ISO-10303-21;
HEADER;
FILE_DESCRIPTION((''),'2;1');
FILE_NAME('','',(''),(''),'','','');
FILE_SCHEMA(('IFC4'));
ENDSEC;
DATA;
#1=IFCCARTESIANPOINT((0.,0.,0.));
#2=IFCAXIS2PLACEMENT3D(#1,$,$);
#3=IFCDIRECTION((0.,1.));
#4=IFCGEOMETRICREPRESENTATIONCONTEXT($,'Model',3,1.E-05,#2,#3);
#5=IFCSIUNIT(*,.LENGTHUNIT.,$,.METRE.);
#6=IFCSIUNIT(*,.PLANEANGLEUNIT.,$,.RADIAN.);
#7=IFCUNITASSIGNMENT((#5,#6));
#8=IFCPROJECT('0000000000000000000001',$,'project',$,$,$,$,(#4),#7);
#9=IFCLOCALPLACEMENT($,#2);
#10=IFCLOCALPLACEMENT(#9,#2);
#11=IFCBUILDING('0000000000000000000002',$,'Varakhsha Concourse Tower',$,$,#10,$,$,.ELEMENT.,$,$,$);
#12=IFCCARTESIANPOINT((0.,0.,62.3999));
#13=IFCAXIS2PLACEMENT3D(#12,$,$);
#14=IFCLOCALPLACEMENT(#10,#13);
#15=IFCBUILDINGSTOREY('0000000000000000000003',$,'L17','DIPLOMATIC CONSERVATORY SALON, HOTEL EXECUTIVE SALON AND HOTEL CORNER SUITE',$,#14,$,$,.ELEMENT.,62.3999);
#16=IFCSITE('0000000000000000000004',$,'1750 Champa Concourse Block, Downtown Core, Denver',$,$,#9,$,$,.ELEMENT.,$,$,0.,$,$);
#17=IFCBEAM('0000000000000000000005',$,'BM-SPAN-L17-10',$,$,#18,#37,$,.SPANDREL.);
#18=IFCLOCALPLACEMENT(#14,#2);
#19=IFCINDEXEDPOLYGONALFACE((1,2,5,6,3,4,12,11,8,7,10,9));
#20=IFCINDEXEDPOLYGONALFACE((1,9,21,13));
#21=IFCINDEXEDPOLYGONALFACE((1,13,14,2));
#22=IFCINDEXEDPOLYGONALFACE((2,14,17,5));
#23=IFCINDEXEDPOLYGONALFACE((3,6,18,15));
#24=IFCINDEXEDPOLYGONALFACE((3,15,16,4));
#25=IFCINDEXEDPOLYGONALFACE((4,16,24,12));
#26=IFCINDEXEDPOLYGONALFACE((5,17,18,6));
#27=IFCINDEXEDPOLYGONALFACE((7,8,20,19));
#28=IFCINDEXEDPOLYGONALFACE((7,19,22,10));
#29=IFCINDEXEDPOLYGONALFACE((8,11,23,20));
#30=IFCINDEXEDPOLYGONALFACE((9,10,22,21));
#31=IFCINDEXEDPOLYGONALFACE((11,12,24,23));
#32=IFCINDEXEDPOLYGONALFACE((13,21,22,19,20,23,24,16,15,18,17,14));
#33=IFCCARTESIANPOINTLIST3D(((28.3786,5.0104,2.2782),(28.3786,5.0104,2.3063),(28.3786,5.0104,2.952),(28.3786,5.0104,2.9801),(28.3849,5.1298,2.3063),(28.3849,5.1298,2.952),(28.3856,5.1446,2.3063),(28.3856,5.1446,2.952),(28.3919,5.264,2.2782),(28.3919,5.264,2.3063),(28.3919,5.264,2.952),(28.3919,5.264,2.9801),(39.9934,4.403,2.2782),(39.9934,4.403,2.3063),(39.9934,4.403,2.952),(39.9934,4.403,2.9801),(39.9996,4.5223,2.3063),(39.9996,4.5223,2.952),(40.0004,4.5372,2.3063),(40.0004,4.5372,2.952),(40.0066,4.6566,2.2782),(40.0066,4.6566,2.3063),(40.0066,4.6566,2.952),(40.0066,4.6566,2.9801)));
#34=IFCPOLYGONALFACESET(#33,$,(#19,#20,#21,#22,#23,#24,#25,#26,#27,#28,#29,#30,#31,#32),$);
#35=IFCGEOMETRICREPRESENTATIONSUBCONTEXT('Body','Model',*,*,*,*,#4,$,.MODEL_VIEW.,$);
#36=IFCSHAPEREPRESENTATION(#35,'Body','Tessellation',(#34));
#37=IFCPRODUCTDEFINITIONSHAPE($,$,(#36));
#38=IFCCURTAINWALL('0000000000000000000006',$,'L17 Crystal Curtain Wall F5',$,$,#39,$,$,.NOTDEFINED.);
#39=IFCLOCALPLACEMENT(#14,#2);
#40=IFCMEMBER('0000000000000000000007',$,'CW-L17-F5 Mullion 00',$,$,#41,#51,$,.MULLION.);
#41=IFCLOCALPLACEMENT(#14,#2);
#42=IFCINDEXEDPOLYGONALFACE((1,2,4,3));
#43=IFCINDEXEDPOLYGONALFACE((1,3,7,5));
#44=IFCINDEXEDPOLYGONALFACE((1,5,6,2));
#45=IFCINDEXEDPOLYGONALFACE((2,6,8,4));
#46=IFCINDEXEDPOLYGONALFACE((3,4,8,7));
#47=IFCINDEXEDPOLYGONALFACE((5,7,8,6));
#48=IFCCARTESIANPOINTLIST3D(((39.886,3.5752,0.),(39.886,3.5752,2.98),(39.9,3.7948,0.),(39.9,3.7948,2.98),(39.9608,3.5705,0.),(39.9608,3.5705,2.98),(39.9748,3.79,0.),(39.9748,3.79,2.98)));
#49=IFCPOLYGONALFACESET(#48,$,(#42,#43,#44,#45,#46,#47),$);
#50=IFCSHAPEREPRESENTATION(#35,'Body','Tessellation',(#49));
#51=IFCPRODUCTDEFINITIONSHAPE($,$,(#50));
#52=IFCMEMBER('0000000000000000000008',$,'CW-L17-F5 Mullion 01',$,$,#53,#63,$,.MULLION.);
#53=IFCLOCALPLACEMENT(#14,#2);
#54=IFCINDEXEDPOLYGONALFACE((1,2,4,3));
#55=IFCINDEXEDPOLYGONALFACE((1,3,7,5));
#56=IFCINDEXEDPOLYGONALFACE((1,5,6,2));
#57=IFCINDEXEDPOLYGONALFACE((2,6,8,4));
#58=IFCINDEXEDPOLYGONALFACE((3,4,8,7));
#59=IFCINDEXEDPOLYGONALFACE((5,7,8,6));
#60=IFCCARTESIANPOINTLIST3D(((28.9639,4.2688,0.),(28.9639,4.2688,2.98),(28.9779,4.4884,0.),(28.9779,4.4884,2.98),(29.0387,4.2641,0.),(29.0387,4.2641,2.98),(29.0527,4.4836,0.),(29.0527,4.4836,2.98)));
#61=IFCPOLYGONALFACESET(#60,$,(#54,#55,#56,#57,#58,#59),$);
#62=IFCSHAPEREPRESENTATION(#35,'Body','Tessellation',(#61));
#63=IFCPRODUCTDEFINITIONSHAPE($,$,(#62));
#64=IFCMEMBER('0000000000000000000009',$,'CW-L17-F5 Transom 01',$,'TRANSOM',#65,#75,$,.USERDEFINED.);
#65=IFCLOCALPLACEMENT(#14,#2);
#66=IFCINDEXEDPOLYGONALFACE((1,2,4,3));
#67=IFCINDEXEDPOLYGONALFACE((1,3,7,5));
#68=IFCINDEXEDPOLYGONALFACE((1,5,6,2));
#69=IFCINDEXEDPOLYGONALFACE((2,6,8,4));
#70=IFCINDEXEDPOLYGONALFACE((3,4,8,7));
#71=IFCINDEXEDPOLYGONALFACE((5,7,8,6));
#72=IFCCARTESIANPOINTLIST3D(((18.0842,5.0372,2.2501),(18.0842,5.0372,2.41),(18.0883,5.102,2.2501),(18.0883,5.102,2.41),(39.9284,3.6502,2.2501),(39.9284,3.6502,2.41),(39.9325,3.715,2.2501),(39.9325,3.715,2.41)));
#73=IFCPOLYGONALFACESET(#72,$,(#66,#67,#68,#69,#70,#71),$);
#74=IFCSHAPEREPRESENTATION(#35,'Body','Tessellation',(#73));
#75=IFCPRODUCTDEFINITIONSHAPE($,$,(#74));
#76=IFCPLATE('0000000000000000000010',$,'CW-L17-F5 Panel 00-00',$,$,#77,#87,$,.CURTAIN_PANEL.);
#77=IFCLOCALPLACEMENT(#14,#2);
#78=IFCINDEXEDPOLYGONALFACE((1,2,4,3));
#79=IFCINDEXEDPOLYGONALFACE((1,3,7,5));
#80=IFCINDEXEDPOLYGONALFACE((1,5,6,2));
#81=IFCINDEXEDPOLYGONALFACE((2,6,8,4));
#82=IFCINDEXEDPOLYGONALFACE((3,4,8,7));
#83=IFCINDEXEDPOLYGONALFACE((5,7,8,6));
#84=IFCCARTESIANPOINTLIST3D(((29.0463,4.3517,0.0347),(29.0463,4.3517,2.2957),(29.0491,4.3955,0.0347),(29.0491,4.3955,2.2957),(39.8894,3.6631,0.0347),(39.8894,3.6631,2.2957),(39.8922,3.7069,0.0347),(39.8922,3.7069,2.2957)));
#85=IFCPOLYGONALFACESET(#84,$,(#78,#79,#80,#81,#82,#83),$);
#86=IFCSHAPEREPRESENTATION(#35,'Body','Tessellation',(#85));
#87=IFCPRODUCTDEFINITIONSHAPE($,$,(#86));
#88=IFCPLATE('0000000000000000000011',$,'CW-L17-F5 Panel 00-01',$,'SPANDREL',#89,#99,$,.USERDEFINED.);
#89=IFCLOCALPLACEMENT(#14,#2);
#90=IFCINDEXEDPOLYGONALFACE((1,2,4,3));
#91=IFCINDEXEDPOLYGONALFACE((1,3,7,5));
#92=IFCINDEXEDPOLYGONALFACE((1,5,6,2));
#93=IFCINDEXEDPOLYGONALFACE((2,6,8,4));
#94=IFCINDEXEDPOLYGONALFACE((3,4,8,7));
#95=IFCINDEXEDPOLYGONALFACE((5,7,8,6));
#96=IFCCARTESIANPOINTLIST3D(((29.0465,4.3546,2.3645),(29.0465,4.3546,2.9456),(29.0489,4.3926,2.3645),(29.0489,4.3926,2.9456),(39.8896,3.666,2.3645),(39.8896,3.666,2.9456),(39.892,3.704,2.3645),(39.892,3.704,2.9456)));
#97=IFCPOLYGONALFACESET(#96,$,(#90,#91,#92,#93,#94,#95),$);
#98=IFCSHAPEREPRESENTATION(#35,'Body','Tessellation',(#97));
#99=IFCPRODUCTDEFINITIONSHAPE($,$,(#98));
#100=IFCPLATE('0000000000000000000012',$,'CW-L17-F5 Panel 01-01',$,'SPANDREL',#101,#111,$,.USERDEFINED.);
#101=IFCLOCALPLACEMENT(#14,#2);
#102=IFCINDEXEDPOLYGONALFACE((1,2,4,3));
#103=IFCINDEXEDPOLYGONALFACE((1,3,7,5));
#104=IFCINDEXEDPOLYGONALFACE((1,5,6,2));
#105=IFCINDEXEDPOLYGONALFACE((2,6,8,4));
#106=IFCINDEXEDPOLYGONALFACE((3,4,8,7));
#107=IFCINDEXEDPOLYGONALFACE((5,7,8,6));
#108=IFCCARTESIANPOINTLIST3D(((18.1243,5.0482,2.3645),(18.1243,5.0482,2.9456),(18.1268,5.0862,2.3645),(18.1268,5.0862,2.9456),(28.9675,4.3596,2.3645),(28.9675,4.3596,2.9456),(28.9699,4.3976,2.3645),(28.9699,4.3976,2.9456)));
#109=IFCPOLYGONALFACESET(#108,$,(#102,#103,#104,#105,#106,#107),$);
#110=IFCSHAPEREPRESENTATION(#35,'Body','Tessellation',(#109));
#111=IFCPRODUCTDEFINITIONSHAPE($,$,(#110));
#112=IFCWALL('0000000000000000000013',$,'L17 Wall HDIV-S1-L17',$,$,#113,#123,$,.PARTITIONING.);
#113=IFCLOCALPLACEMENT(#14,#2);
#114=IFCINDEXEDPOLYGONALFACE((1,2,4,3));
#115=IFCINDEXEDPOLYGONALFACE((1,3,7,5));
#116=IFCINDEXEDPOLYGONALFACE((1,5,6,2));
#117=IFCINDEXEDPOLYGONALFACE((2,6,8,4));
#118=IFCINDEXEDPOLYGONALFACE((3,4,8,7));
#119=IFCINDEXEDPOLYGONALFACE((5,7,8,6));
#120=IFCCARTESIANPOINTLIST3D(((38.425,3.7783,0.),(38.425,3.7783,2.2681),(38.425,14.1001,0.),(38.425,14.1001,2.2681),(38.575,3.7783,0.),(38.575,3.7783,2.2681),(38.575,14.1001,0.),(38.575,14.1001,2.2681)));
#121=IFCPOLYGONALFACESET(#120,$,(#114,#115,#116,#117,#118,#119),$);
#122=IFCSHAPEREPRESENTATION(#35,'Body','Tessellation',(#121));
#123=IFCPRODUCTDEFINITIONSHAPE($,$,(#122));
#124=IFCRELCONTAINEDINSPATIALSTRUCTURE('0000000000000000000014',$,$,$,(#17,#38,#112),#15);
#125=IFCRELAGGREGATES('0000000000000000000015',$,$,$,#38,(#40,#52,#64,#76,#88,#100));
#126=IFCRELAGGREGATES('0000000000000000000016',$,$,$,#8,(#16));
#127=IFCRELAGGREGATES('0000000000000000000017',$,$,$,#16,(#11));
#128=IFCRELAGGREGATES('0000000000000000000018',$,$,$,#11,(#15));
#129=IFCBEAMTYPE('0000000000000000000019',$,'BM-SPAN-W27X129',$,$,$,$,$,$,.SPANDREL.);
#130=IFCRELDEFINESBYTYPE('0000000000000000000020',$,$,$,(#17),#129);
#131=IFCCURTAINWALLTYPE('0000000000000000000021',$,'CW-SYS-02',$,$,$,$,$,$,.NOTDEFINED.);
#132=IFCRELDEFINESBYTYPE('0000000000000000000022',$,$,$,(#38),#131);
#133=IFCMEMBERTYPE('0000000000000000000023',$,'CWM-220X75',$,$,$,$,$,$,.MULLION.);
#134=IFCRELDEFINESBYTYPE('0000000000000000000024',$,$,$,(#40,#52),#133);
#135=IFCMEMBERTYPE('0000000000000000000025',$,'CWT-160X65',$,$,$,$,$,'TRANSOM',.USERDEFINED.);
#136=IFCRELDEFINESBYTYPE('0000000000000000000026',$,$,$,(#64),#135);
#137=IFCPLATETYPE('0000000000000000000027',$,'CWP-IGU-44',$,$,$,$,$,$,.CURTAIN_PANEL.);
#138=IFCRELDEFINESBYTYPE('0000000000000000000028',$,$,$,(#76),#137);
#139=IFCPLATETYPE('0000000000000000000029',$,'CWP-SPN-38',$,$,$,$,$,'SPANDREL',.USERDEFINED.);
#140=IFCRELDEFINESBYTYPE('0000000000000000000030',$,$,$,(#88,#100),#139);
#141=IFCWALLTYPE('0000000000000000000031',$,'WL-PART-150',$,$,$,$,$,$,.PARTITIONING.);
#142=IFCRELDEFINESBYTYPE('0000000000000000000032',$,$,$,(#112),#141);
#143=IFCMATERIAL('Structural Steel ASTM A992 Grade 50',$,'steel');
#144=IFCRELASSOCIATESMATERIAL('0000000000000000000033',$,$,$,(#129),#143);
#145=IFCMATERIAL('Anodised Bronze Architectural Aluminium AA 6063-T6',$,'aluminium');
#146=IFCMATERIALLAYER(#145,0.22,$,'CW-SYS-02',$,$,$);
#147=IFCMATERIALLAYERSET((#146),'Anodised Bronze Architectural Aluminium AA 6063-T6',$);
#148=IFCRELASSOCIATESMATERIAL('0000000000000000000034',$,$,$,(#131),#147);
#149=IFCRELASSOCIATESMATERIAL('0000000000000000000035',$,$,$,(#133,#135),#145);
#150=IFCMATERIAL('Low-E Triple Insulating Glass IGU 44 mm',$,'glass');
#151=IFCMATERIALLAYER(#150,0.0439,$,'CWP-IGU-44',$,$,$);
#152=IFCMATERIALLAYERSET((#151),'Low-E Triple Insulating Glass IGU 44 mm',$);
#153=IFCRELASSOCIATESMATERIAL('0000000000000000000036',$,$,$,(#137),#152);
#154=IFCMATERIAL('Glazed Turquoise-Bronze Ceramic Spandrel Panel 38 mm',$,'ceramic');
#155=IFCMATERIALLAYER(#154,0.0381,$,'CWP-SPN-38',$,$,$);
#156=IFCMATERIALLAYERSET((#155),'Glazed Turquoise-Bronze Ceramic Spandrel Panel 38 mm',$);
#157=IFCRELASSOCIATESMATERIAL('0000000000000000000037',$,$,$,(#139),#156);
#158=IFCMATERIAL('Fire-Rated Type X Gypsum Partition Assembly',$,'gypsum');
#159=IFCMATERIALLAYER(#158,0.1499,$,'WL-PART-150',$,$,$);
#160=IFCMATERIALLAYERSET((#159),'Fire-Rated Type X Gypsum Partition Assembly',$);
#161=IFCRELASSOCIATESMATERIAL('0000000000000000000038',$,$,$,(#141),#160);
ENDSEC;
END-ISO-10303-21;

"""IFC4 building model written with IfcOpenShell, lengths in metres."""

from ifc_helpers import new_model, si_unit, direction, frame, frame_2d, origin, origin_2d, place, context, subcontext, project, spatial, rectangle, i_section, extrude, source, transform, mapped, material, layer, layer_set, material_profile, profile_set, type_object, type_shapes, element, aggregate, save


model = new_model("IFC4")

# Units and contexts
model_context = context("Model", 3, precision=1e-05, world=origin(), true_north=direction((0.0, 1.0)))
body_context = subcontext(model_context, "Body", "Model", "MODEL_VIEW")
ifc_project = project(units=[si_unit("LENGTHUNIT", "METRE"), si_unit("PLANEANGLEUNIT", "RADIAN")], contexts=[model_context])

# Site, building, storey
site_placement = place(None, origin())
site = spatial("IfcSite", under=ifc_project, at=site_placement, Name="1750 Champa Concourse Block, Downtown Core, Denver", CompositionType="ELEMENT", RefElevation=0.0)
building_placement = place(site_placement, origin())
building = spatial("IfcBuilding", under=site, at=building_placement, Name="Varakhsha Concourse Tower", CompositionType="ELEMENT")
storey_placement = place(building_placement, frame((0.0, 0.0, 62.3999)))
storey = spatial("IfcBuildingStorey", under=building, at=storey_placement, Name="L17", Description="DIPLOMATIC CONSERVATORY SALON, HOTEL EXECUTIVE SALON AND HOTEL CORNER SUITE", CompositionType="ELEMENT", Elevation=62.3999)

# Shared definitions
ifc_material_1 = material(Name="Structural Steel ASTM A992 Grade 50", Category="steel")

# Beam
ifc_material_profile_1 = material_profile(ifc_material_1, i_section(OverallWidth=0.2539, OverallDepth=0.7019, WebThickness=0.0149, FlangeThickness=0.0281, at=origin_2d()), Name="W27X129")
ifc_profile_set_1 = profile_set([ifc_material_profile_1], Name="Structural Steel ASTM A992 Grade 50")
beam_type_1 = type_object("IfcBeamType", Name="BM-SPAN-W27X129", PredefinedType="SPANDREL", material=ifc_profile_set_1)
beam_1_placement = place(storey_placement, frame((28.3853, 5.1372, 2.6292), z_axis=(0.998635, -0.052226, 0.0), x_axis=(0.052226, 0.998635, 0.0)))
element("IfcBeam", 1, at=beam_1_placement, inside=storey, type_object=beam_type_1, Name="BM-SPAN-L17-10", PredefinedType="SPANDREL", context=body_context, shape_type="SweptSolid", body=[
    extrude(i_section(OverallWidth=0.2539, OverallDepth=0.7019, WebThickness=0.0149, FlangeThickness=0.0281, at=origin_2d()), origin(), (0.0, 0.0, 1.0), 11.6306),
])

# Curtain wall, members, plates
ifc_material_2 = material(Name="Anodised Bronze Architectural Aluminium AA 6063-T6", Category="aluminium")
ifc_layer_1 = layer(ifc_material_2, 0.22, Name="CW-SYS-02")
ifc_layer_set_1 = layer_set([ifc_layer_1], Name="Anodised Bronze Architectural Aluminium AA 6063-T6")
curtain_wall_type = type_object("IfcCurtainWallType", Name="CW-SYS-02", PredefinedType="NOTDEFINED", material=ifc_layer_set_1)
curtain_wall_placement = place(storey_placement, origin())
curtain_wall = element("IfcCurtainWall", 2, at=curtain_wall_placement, inside=storey, type_object=curtain_wall_type, Name="L17 Crystal Curtain Wall F5", PredefinedType="NOTDEFINED")
ifc_material_profile_2 = material_profile(ifc_material_2, rectangle(XDim=0.075, YDim=0.22, at=origin_2d()), Name="CWM-220X75")
ifc_profile_set_2 = profile_set([ifc_material_profile_2], Name="Anodised Bronze Architectural Aluminium AA 6063-T6")
member_type_1 = type_object("IfcMemberType", Name="CWM-220X75", PredefinedType="MULLION", material=ifc_profile_set_2)
shared_shape_1 = source(origin(), body_context, "Body", "SweptSolid", [
    extrude(rectangle(XDim=0.075, YDim=0.22, at=origin_2d()), origin(), (0.0, 0.0, 1.0), 2.98),
])
type_shapes(member_type_1, [shared_shape_1])
member_1_placement = place(storey_placement, frame((39.9304, 3.6826, 0.0), z_axis=(0.0, 0.0, 1.0), x_axis=(-0.99799, 0.063378, 0.0)))
member_1 = element("IfcMember", 3, at=member_1_placement, type_object=member_type_1, Name="CW-L17-F5 Mullion 00", PredefinedType="MULLION", context=body_context, shape_type="MappedRepresentation", body=[
    mapped(shared_shape_1, transform((0.0, 0.0, 0.0), scale=1.0)),
])
member_2_placement = place(storey_placement, frame((29.0083, 4.3762, 0.0), z_axis=(0.0, 0.0, 1.0), x_axis=(-0.99799, 0.063378, 0.0)))
member_2 = element("IfcMember", 4, at=member_2_placement, type_object=member_type_1, Name="CW-L17-F5 Mullion 01", PredefinedType="MULLION", context=body_context, shape_type="MappedRepresentation", body=[
    mapped(shared_shape_1, transform((0.0, 0.0, 0.0), scale=1.0)),
])
ifc_material_profile_3 = material_profile(ifc_material_2, rectangle(XDim=0.0649, YDim=0.1599, at=origin_2d()), Name="CWT-160X65")
ifc_profile_set_3 = profile_set([ifc_material_profile_3], Name="Anodised Bronze Architectural Aluminium AA 6063-T6")
member_type_2 = type_object("IfcMemberType", Name="CWT-160X65", ElementType="TRANSOM", PredefinedType="USERDEFINED", material=ifc_profile_set_3)
shared_shape_2 = source(origin(), body_context, "Body", "SweptSolid", [
    extrude(rectangle(XDim=0.0649, YDim=0.1599, at=origin_2d()), origin(), (0.0, 0.0, 1.0), 21.8882),
])
type_shapes(member_type_2, [shared_shape_2])
member_3_placement = place(storey_placement, frame((39.9304, 3.6826, 2.3301), z_axis=(-0.99799, 0.063366, 0.0), x_axis=(-0.063366, -0.99799, 0.0)))
member_3 = element("IfcMember", 5, at=member_3_placement, type_object=member_type_2, Name="CW-L17-F5 Transom 01", ObjectType="TRANSOM", PredefinedType="USERDEFINED", context=body_context, shape_type="MappedRepresentation", body=[
    mapped(shared_shape_2, transform((0.0, 0.0, 0.0), scale=1.0)),
])
ifc_material_3 = material(Name="Low-E Triple Insulating Glass IGU 44 mm", Category="glass")
ifc_layer_2 = layer(ifc_material_3, 0.0439, Name="CWP-IGU-44")
ifc_layer_set_2 = layer_set([ifc_layer_2], Name="Low-E Triple Insulating Glass IGU 44 mm")
plate_type_1 = type_object("IfcPlateType", Name="CWP-IGU-44", PredefinedType="CURTAIN_PANEL", material=ifc_layer_set_2)
shared_shape_3 = source(origin(), body_context, "Body", "SweptSolid", [
    extrude(rectangle(XDim=10.865, YDim=0.0439, at=origin_2d()), origin(), (0.0, 0.0, 1.0), 2.261),
])
type_shapes(plate_type_1, [shared_shape_3])
plate_1_placement = place(storey_placement, frame((34.4692, 4.0293, 0.0347), z_axis=(0.0, 0.0, 1.0), x_axis=(-0.99799, 0.063378, 0.0)))
plate_1 = element("IfcPlate", 6, at=plate_1_placement, type_object=plate_type_1, Name="CW-L17-F5 Panel 00-00", PredefinedType="CURTAIN_PANEL", context=body_context, shape_type="MappedRepresentation", body=[
    mapped(shared_shape_3, transform((0.0, 0.0, 0.0), scale=1.0)),
])
ifc_material_4 = material(Name="Glazed Turquoise-Bronze Ceramic Spandrel Panel 38 mm", Category="ceramic")
ifc_layer_3 = layer(ifc_material_4, 0.0381, Name="CWP-SPN-38")
ifc_layer_set_3 = layer_set([ifc_layer_3], Name="Glazed Turquoise-Bronze Ceramic Spandrel Panel 38 mm")
plate_type_2 = type_object("IfcPlateType", Name="CWP-SPN-38", ElementType="SPANDREL", PredefinedType="USERDEFINED", material=ifc_layer_set_3)
shared_shape_4 = source(origin(), body_context, "Body", "SweptSolid", [
    extrude(rectangle(XDim=10.865, YDim=0.0381, at=origin_2d()), origin(), (0.0, 0.0, 1.0), 0.5811),
])
type_shapes(plate_type_2, [shared_shape_4])
plate_2_placement = place(storey_placement, frame((34.4692, 4.0293, 2.3645), z_axis=(0.0, 0.0, 1.0), x_axis=(-0.99799, 0.063378, 0.0)))
plate_2 = element("IfcPlate", 7, at=plate_2_placement, type_object=plate_type_2, Name="CW-L17-F5 Panel 00-01", ObjectType="SPANDREL", PredefinedType="USERDEFINED", context=body_context, shape_type="MappedRepresentation", body=[
    mapped(shared_shape_4, transform((0.0, 0.0, 0.0), scale=1.0)),
])
plate_3_placement = place(storey_placement, frame((23.5471, 4.7229, 2.3645), z_axis=(0.0, 0.0, 1.0), x_axis=(-0.99799, 0.063378, 0.0)))
plate_3 = element("IfcPlate", 8, at=plate_3_placement, type_object=plate_type_2, Name="CW-L17-F5 Panel 01-01", ObjectType="SPANDREL", PredefinedType="USERDEFINED", context=body_context, shape_type="MappedRepresentation", body=[
    mapped(shared_shape_4, transform((0.0, 0.0, 0.0), scale=1.0)),
])
aggregate(curtain_wall, [member_1, member_2, member_3, plate_1, plate_2, plate_3])

# Wall
ifc_material_5 = material(Name="Fire-Rated Type X Gypsum Partition Assembly", Category="gypsum")
ifc_layer_4 = layer(ifc_material_5, 0.1499, Name="WL-PART-150")
ifc_layer_set_4 = layer_set([ifc_layer_4], Name="Fire-Rated Type X Gypsum Partition Assembly")
wall_type = type_object("IfcWallType", Name="WL-PART-150", PredefinedType="PARTITIONING", material=ifc_layer_set_4)
wall_placement = place(storey_placement, frame((38.5, 3.7783, 0.0), z_axis=(0.0, 0.0, 1.0), x_axis=(0.0, 1.0, 0.0)))
element("IfcWall", 9, at=wall_placement, inside=storey, type_object=wall_type, Name="L17 Wall HDIV-S1-L17", PredefinedType="PARTITIONING", context=body_context, shape_type="SweptSolid", body=[
    extrude(rectangle(XDim=10.3218, YDim=0.1499, at=frame_2d((5.1609, 0.0))), origin(), (0.0, 0.0, 1.0), 2.2681),
])

save(model, "model.ifc")
